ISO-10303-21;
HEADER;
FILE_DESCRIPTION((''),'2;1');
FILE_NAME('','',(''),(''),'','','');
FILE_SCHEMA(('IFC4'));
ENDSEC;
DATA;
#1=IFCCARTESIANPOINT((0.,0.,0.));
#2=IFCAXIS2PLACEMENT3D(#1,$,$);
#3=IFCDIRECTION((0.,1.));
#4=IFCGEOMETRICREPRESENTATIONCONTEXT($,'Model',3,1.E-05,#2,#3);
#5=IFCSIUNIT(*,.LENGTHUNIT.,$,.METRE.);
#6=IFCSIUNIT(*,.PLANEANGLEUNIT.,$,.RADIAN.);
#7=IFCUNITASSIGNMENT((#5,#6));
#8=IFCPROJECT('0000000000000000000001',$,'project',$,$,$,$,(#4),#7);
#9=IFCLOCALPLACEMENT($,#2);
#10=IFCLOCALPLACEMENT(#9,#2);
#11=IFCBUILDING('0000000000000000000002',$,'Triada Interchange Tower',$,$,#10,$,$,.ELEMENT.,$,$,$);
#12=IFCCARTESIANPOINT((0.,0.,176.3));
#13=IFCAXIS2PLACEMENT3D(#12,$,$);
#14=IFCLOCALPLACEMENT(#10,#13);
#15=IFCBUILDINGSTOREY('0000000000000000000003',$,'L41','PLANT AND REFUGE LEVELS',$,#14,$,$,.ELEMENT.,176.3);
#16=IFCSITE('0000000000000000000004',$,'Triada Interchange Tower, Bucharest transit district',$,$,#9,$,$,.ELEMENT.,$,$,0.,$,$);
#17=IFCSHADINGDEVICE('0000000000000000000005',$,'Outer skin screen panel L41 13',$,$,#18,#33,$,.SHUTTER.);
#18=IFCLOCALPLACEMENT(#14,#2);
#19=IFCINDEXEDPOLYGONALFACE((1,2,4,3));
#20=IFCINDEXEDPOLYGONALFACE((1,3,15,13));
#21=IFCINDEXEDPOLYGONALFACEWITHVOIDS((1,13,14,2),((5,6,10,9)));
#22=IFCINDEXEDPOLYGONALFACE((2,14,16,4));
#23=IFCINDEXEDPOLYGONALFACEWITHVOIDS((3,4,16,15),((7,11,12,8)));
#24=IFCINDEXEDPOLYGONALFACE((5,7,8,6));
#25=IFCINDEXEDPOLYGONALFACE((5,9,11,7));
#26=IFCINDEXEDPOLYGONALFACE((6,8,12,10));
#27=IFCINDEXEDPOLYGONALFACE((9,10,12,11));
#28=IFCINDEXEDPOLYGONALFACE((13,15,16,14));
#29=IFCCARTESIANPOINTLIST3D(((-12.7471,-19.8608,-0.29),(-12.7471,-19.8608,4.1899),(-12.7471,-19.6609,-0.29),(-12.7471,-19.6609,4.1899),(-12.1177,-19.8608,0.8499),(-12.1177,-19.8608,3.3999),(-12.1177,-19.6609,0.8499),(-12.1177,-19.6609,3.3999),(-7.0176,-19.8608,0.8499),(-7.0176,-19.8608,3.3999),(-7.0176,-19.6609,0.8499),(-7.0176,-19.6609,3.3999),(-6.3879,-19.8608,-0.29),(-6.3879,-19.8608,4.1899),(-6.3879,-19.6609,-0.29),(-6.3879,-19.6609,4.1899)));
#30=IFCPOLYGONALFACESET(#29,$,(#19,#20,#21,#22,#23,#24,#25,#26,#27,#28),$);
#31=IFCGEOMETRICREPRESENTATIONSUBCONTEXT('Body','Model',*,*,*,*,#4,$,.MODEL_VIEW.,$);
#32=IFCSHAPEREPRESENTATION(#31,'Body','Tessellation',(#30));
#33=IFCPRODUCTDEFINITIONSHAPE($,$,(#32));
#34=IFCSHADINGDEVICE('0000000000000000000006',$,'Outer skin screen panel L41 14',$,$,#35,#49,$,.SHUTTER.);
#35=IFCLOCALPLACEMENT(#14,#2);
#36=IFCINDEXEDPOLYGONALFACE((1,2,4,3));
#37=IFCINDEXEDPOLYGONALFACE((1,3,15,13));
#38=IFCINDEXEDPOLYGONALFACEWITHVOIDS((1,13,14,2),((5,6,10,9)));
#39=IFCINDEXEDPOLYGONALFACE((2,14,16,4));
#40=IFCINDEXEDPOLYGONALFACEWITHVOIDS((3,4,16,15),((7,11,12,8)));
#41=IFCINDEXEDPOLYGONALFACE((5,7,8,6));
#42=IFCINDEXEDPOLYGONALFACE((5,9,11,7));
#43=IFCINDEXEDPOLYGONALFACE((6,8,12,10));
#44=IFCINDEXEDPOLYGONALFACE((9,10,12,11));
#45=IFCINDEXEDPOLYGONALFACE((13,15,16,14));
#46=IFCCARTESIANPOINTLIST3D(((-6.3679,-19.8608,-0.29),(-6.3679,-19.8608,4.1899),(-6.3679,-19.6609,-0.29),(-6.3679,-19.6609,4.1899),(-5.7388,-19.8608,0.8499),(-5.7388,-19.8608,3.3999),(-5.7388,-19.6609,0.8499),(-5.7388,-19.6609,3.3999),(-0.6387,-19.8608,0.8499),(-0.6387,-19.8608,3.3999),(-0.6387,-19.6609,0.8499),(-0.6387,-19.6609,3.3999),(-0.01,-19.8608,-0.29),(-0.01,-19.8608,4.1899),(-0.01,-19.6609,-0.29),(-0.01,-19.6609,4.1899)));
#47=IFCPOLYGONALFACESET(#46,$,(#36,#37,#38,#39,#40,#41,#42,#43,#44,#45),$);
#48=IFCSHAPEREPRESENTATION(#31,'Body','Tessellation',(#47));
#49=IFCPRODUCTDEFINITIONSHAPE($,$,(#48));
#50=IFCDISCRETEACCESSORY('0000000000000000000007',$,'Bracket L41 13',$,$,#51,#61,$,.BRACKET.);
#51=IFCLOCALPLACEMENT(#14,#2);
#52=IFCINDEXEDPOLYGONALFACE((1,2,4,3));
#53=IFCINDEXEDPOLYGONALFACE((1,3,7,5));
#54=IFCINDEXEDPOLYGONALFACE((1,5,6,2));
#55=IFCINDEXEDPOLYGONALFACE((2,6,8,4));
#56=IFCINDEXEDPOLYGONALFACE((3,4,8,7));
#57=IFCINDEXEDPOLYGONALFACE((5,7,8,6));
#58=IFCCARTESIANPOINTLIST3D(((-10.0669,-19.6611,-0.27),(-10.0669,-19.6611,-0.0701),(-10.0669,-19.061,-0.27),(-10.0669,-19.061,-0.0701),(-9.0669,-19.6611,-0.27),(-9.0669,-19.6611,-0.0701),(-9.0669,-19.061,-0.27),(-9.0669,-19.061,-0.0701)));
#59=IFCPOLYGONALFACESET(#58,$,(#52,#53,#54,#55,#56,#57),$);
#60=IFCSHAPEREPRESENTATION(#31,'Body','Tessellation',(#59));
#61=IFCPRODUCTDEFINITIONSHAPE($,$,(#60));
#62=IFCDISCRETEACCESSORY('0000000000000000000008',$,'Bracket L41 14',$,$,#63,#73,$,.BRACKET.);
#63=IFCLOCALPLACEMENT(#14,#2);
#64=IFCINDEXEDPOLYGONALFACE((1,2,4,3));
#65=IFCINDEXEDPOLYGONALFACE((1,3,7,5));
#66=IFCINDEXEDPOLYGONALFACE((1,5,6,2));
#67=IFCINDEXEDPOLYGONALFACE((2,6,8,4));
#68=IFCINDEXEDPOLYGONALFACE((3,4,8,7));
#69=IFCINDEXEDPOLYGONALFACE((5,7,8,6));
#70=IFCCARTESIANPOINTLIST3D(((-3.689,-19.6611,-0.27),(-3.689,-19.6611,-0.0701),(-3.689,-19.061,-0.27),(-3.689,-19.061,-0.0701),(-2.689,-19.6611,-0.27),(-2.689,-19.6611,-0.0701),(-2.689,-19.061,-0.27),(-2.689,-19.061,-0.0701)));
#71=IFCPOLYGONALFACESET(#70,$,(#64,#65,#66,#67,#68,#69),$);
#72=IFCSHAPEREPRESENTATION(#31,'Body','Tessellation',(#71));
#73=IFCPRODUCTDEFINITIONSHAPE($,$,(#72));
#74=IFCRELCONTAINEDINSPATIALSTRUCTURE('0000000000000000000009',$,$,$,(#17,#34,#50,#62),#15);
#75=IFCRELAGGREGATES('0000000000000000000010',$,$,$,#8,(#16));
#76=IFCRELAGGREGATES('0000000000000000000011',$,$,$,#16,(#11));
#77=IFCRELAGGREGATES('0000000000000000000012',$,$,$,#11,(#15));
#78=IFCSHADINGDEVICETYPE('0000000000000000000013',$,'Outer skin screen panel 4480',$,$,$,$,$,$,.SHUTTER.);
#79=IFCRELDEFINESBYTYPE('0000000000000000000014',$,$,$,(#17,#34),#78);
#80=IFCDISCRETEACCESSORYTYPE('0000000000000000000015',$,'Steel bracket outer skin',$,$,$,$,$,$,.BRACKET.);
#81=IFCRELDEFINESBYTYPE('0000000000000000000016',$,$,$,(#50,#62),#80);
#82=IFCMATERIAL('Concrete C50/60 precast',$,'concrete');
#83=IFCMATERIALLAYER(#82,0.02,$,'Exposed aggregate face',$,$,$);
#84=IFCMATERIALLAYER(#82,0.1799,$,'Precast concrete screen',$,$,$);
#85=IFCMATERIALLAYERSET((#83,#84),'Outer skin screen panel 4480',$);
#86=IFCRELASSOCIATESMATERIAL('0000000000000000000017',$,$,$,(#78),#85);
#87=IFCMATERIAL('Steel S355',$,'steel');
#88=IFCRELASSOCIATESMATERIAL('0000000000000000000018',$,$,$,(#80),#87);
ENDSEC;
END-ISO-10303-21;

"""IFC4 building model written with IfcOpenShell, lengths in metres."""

from ifc_helpers import new_model, si_unit, direction, frame, origin, origin_2d, place, context, subcontext, project, spatial, polyline, rectangle, outline, extrude, material, layer, layer_set, type_object, element, save


model = new_model("IFC4")

# Units and contexts
model_context = context("Model", 3, precision=1e-05, world=origin(), true_north=direction((0.0, 1.0)))
body_context = subcontext(model_context, "Body", "Model", "MODEL_VIEW")
ifc_project = project(units=[si_unit("LENGTHUNIT", "METRE"), si_unit("PLANEANGLEUNIT", "RADIAN")], contexts=[model_context])

# Site, building, storey
site_placement = place(None, origin())
site = spatial("IfcSite", under=ifc_project, at=site_placement, Name="Triada Interchange Tower, Bucharest transit district", CompositionType="ELEMENT", RefElevation=0.0)
building_placement = place(site_placement, origin())
building = spatial("IfcBuilding", under=site, at=building_placement, Name="Triada Interchange Tower", CompositionType="ELEMENT")
storey_placement = place(building_placement, frame((0.0, 0.0, 176.3)))
storey = spatial("IfcBuildingStorey", under=building, at=storey_placement, Name="L41", Description="PLANT AND REFUGE LEVELS", CompositionType="ELEMENT", Elevation=176.3)

# Shared definitions
ifc_material_1 = material(Name="Steel S355", Category="steel")

# Shading devices
ifc_material_2 = material(Name="Concrete C50/60 precast", Category="concrete")
ifc_layer_1 = layer(ifc_material_2, 0.02, Name="Exposed aggregate face")
ifc_layer_2 = layer(ifc_material_2, 0.1799, Name="Precast concrete screen")
ifc_layer_set_1 = layer_set([ifc_layer_1, ifc_layer_2], Name="Outer skin screen panel 4480")
shading_device_type = type_object("IfcShadingDeviceType", Name="Outer skin screen panel 4480", PredefinedType="SHUTTER", material=ifc_layer_set_1)
shading_device_1_placement = place(storey_placement, frame((-12.7471, -19.6609, -0.29), z_axis=(0.0, 0.0, 1.0), x_axis=(1.0, 0.0, 0.0)))
element("IfcShadingDevice", 1, at=shading_device_1_placement, inside=storey, type_object=shading_device_type, Name="Outer skin screen panel L41 13", PredefinedType="SHUTTER", context=body_context, shape_type="SweptSolid", body=[
    extrude(outline(polyline([(0.0, 0.0), (6.3591, 0.0), (6.3591, 4.48), (0.0, 4.48), (0.0, 0.0)]), holes=[polyline([(0.6294, 1.1399), (0.6294, 3.6899), (5.7295, 3.6899), (5.7295, 1.1399), (0.6294, 1.1399)])]), frame((0.0, 0.0, 0.0), z_axis=(0.0, -1.0, 0.0), x_axis=(1.0, 0.0, 0.0)), (0.0, 0.0, 1.0), 0.2),
])
shading_device_2_placement = place(storey_placement, frame((-6.3679, -19.6609, -0.29), z_axis=(0.0, 0.0, 1.0), x_axis=(1.0, 0.0, 0.0)))
element("IfcShadingDevice", 2, at=shading_device_2_placement, inside=storey, type_object=shading_device_type, Name="Outer skin screen panel L41 14", PredefinedType="SHUTTER", context=body_context, shape_type="SweptSolid", body=[
    extrude(outline(polyline([(0.0, 0.0), (6.3579, 0.0), (6.3579, 4.48), (0.0, 4.48), (0.0, 0.0)]), holes=[polyline([(0.6292, 1.1399), (0.6292, 3.6899), (5.7292, 3.6899), (5.7292, 1.1399), (0.6292, 1.1399)])]), frame((0.0, 0.0, 0.0), z_axis=(0.0, -1.0, 0.0), x_axis=(1.0, 0.0, 0.0)), (0.0, 0.0, 1.0), 0.2),
])

# Discrete accessories
discrete_accessory_type = type_object("IfcDiscreteAccessoryType", Name="Steel bracket outer skin", PredefinedType="BRACKET", material=ifc_material_1)
for number, where, z_axis, x_axis, name in (
    (3, (-9.5669, -19.3611, -0.27), (0.0, 0.0, 1.0), (0.0, -1.0, 0.0), "Bracket L41 13"),
    (4, (-3.189, -19.3611, -0.27), (0.0, 0.0, 1.0), (0.0, -1.0, 0.0), "Bracket L41 14"),
):
    element("IfcDiscreteAccessory", number, at=place(storey_placement, frame(where, z_axis=z_axis, x_axis=x_axis)), inside=storey, type_object=discrete_accessory_type, Name=name, PredefinedType="BRACKET", context=body_context, shape_type="SweptSolid", body=[
        extrude(rectangle(XDim=0.6001, YDim=1.0, at=origin_2d()), origin(), (0.0, 0.0, 1.0), 0.2),
    ])

save(model, "model.ifc")
